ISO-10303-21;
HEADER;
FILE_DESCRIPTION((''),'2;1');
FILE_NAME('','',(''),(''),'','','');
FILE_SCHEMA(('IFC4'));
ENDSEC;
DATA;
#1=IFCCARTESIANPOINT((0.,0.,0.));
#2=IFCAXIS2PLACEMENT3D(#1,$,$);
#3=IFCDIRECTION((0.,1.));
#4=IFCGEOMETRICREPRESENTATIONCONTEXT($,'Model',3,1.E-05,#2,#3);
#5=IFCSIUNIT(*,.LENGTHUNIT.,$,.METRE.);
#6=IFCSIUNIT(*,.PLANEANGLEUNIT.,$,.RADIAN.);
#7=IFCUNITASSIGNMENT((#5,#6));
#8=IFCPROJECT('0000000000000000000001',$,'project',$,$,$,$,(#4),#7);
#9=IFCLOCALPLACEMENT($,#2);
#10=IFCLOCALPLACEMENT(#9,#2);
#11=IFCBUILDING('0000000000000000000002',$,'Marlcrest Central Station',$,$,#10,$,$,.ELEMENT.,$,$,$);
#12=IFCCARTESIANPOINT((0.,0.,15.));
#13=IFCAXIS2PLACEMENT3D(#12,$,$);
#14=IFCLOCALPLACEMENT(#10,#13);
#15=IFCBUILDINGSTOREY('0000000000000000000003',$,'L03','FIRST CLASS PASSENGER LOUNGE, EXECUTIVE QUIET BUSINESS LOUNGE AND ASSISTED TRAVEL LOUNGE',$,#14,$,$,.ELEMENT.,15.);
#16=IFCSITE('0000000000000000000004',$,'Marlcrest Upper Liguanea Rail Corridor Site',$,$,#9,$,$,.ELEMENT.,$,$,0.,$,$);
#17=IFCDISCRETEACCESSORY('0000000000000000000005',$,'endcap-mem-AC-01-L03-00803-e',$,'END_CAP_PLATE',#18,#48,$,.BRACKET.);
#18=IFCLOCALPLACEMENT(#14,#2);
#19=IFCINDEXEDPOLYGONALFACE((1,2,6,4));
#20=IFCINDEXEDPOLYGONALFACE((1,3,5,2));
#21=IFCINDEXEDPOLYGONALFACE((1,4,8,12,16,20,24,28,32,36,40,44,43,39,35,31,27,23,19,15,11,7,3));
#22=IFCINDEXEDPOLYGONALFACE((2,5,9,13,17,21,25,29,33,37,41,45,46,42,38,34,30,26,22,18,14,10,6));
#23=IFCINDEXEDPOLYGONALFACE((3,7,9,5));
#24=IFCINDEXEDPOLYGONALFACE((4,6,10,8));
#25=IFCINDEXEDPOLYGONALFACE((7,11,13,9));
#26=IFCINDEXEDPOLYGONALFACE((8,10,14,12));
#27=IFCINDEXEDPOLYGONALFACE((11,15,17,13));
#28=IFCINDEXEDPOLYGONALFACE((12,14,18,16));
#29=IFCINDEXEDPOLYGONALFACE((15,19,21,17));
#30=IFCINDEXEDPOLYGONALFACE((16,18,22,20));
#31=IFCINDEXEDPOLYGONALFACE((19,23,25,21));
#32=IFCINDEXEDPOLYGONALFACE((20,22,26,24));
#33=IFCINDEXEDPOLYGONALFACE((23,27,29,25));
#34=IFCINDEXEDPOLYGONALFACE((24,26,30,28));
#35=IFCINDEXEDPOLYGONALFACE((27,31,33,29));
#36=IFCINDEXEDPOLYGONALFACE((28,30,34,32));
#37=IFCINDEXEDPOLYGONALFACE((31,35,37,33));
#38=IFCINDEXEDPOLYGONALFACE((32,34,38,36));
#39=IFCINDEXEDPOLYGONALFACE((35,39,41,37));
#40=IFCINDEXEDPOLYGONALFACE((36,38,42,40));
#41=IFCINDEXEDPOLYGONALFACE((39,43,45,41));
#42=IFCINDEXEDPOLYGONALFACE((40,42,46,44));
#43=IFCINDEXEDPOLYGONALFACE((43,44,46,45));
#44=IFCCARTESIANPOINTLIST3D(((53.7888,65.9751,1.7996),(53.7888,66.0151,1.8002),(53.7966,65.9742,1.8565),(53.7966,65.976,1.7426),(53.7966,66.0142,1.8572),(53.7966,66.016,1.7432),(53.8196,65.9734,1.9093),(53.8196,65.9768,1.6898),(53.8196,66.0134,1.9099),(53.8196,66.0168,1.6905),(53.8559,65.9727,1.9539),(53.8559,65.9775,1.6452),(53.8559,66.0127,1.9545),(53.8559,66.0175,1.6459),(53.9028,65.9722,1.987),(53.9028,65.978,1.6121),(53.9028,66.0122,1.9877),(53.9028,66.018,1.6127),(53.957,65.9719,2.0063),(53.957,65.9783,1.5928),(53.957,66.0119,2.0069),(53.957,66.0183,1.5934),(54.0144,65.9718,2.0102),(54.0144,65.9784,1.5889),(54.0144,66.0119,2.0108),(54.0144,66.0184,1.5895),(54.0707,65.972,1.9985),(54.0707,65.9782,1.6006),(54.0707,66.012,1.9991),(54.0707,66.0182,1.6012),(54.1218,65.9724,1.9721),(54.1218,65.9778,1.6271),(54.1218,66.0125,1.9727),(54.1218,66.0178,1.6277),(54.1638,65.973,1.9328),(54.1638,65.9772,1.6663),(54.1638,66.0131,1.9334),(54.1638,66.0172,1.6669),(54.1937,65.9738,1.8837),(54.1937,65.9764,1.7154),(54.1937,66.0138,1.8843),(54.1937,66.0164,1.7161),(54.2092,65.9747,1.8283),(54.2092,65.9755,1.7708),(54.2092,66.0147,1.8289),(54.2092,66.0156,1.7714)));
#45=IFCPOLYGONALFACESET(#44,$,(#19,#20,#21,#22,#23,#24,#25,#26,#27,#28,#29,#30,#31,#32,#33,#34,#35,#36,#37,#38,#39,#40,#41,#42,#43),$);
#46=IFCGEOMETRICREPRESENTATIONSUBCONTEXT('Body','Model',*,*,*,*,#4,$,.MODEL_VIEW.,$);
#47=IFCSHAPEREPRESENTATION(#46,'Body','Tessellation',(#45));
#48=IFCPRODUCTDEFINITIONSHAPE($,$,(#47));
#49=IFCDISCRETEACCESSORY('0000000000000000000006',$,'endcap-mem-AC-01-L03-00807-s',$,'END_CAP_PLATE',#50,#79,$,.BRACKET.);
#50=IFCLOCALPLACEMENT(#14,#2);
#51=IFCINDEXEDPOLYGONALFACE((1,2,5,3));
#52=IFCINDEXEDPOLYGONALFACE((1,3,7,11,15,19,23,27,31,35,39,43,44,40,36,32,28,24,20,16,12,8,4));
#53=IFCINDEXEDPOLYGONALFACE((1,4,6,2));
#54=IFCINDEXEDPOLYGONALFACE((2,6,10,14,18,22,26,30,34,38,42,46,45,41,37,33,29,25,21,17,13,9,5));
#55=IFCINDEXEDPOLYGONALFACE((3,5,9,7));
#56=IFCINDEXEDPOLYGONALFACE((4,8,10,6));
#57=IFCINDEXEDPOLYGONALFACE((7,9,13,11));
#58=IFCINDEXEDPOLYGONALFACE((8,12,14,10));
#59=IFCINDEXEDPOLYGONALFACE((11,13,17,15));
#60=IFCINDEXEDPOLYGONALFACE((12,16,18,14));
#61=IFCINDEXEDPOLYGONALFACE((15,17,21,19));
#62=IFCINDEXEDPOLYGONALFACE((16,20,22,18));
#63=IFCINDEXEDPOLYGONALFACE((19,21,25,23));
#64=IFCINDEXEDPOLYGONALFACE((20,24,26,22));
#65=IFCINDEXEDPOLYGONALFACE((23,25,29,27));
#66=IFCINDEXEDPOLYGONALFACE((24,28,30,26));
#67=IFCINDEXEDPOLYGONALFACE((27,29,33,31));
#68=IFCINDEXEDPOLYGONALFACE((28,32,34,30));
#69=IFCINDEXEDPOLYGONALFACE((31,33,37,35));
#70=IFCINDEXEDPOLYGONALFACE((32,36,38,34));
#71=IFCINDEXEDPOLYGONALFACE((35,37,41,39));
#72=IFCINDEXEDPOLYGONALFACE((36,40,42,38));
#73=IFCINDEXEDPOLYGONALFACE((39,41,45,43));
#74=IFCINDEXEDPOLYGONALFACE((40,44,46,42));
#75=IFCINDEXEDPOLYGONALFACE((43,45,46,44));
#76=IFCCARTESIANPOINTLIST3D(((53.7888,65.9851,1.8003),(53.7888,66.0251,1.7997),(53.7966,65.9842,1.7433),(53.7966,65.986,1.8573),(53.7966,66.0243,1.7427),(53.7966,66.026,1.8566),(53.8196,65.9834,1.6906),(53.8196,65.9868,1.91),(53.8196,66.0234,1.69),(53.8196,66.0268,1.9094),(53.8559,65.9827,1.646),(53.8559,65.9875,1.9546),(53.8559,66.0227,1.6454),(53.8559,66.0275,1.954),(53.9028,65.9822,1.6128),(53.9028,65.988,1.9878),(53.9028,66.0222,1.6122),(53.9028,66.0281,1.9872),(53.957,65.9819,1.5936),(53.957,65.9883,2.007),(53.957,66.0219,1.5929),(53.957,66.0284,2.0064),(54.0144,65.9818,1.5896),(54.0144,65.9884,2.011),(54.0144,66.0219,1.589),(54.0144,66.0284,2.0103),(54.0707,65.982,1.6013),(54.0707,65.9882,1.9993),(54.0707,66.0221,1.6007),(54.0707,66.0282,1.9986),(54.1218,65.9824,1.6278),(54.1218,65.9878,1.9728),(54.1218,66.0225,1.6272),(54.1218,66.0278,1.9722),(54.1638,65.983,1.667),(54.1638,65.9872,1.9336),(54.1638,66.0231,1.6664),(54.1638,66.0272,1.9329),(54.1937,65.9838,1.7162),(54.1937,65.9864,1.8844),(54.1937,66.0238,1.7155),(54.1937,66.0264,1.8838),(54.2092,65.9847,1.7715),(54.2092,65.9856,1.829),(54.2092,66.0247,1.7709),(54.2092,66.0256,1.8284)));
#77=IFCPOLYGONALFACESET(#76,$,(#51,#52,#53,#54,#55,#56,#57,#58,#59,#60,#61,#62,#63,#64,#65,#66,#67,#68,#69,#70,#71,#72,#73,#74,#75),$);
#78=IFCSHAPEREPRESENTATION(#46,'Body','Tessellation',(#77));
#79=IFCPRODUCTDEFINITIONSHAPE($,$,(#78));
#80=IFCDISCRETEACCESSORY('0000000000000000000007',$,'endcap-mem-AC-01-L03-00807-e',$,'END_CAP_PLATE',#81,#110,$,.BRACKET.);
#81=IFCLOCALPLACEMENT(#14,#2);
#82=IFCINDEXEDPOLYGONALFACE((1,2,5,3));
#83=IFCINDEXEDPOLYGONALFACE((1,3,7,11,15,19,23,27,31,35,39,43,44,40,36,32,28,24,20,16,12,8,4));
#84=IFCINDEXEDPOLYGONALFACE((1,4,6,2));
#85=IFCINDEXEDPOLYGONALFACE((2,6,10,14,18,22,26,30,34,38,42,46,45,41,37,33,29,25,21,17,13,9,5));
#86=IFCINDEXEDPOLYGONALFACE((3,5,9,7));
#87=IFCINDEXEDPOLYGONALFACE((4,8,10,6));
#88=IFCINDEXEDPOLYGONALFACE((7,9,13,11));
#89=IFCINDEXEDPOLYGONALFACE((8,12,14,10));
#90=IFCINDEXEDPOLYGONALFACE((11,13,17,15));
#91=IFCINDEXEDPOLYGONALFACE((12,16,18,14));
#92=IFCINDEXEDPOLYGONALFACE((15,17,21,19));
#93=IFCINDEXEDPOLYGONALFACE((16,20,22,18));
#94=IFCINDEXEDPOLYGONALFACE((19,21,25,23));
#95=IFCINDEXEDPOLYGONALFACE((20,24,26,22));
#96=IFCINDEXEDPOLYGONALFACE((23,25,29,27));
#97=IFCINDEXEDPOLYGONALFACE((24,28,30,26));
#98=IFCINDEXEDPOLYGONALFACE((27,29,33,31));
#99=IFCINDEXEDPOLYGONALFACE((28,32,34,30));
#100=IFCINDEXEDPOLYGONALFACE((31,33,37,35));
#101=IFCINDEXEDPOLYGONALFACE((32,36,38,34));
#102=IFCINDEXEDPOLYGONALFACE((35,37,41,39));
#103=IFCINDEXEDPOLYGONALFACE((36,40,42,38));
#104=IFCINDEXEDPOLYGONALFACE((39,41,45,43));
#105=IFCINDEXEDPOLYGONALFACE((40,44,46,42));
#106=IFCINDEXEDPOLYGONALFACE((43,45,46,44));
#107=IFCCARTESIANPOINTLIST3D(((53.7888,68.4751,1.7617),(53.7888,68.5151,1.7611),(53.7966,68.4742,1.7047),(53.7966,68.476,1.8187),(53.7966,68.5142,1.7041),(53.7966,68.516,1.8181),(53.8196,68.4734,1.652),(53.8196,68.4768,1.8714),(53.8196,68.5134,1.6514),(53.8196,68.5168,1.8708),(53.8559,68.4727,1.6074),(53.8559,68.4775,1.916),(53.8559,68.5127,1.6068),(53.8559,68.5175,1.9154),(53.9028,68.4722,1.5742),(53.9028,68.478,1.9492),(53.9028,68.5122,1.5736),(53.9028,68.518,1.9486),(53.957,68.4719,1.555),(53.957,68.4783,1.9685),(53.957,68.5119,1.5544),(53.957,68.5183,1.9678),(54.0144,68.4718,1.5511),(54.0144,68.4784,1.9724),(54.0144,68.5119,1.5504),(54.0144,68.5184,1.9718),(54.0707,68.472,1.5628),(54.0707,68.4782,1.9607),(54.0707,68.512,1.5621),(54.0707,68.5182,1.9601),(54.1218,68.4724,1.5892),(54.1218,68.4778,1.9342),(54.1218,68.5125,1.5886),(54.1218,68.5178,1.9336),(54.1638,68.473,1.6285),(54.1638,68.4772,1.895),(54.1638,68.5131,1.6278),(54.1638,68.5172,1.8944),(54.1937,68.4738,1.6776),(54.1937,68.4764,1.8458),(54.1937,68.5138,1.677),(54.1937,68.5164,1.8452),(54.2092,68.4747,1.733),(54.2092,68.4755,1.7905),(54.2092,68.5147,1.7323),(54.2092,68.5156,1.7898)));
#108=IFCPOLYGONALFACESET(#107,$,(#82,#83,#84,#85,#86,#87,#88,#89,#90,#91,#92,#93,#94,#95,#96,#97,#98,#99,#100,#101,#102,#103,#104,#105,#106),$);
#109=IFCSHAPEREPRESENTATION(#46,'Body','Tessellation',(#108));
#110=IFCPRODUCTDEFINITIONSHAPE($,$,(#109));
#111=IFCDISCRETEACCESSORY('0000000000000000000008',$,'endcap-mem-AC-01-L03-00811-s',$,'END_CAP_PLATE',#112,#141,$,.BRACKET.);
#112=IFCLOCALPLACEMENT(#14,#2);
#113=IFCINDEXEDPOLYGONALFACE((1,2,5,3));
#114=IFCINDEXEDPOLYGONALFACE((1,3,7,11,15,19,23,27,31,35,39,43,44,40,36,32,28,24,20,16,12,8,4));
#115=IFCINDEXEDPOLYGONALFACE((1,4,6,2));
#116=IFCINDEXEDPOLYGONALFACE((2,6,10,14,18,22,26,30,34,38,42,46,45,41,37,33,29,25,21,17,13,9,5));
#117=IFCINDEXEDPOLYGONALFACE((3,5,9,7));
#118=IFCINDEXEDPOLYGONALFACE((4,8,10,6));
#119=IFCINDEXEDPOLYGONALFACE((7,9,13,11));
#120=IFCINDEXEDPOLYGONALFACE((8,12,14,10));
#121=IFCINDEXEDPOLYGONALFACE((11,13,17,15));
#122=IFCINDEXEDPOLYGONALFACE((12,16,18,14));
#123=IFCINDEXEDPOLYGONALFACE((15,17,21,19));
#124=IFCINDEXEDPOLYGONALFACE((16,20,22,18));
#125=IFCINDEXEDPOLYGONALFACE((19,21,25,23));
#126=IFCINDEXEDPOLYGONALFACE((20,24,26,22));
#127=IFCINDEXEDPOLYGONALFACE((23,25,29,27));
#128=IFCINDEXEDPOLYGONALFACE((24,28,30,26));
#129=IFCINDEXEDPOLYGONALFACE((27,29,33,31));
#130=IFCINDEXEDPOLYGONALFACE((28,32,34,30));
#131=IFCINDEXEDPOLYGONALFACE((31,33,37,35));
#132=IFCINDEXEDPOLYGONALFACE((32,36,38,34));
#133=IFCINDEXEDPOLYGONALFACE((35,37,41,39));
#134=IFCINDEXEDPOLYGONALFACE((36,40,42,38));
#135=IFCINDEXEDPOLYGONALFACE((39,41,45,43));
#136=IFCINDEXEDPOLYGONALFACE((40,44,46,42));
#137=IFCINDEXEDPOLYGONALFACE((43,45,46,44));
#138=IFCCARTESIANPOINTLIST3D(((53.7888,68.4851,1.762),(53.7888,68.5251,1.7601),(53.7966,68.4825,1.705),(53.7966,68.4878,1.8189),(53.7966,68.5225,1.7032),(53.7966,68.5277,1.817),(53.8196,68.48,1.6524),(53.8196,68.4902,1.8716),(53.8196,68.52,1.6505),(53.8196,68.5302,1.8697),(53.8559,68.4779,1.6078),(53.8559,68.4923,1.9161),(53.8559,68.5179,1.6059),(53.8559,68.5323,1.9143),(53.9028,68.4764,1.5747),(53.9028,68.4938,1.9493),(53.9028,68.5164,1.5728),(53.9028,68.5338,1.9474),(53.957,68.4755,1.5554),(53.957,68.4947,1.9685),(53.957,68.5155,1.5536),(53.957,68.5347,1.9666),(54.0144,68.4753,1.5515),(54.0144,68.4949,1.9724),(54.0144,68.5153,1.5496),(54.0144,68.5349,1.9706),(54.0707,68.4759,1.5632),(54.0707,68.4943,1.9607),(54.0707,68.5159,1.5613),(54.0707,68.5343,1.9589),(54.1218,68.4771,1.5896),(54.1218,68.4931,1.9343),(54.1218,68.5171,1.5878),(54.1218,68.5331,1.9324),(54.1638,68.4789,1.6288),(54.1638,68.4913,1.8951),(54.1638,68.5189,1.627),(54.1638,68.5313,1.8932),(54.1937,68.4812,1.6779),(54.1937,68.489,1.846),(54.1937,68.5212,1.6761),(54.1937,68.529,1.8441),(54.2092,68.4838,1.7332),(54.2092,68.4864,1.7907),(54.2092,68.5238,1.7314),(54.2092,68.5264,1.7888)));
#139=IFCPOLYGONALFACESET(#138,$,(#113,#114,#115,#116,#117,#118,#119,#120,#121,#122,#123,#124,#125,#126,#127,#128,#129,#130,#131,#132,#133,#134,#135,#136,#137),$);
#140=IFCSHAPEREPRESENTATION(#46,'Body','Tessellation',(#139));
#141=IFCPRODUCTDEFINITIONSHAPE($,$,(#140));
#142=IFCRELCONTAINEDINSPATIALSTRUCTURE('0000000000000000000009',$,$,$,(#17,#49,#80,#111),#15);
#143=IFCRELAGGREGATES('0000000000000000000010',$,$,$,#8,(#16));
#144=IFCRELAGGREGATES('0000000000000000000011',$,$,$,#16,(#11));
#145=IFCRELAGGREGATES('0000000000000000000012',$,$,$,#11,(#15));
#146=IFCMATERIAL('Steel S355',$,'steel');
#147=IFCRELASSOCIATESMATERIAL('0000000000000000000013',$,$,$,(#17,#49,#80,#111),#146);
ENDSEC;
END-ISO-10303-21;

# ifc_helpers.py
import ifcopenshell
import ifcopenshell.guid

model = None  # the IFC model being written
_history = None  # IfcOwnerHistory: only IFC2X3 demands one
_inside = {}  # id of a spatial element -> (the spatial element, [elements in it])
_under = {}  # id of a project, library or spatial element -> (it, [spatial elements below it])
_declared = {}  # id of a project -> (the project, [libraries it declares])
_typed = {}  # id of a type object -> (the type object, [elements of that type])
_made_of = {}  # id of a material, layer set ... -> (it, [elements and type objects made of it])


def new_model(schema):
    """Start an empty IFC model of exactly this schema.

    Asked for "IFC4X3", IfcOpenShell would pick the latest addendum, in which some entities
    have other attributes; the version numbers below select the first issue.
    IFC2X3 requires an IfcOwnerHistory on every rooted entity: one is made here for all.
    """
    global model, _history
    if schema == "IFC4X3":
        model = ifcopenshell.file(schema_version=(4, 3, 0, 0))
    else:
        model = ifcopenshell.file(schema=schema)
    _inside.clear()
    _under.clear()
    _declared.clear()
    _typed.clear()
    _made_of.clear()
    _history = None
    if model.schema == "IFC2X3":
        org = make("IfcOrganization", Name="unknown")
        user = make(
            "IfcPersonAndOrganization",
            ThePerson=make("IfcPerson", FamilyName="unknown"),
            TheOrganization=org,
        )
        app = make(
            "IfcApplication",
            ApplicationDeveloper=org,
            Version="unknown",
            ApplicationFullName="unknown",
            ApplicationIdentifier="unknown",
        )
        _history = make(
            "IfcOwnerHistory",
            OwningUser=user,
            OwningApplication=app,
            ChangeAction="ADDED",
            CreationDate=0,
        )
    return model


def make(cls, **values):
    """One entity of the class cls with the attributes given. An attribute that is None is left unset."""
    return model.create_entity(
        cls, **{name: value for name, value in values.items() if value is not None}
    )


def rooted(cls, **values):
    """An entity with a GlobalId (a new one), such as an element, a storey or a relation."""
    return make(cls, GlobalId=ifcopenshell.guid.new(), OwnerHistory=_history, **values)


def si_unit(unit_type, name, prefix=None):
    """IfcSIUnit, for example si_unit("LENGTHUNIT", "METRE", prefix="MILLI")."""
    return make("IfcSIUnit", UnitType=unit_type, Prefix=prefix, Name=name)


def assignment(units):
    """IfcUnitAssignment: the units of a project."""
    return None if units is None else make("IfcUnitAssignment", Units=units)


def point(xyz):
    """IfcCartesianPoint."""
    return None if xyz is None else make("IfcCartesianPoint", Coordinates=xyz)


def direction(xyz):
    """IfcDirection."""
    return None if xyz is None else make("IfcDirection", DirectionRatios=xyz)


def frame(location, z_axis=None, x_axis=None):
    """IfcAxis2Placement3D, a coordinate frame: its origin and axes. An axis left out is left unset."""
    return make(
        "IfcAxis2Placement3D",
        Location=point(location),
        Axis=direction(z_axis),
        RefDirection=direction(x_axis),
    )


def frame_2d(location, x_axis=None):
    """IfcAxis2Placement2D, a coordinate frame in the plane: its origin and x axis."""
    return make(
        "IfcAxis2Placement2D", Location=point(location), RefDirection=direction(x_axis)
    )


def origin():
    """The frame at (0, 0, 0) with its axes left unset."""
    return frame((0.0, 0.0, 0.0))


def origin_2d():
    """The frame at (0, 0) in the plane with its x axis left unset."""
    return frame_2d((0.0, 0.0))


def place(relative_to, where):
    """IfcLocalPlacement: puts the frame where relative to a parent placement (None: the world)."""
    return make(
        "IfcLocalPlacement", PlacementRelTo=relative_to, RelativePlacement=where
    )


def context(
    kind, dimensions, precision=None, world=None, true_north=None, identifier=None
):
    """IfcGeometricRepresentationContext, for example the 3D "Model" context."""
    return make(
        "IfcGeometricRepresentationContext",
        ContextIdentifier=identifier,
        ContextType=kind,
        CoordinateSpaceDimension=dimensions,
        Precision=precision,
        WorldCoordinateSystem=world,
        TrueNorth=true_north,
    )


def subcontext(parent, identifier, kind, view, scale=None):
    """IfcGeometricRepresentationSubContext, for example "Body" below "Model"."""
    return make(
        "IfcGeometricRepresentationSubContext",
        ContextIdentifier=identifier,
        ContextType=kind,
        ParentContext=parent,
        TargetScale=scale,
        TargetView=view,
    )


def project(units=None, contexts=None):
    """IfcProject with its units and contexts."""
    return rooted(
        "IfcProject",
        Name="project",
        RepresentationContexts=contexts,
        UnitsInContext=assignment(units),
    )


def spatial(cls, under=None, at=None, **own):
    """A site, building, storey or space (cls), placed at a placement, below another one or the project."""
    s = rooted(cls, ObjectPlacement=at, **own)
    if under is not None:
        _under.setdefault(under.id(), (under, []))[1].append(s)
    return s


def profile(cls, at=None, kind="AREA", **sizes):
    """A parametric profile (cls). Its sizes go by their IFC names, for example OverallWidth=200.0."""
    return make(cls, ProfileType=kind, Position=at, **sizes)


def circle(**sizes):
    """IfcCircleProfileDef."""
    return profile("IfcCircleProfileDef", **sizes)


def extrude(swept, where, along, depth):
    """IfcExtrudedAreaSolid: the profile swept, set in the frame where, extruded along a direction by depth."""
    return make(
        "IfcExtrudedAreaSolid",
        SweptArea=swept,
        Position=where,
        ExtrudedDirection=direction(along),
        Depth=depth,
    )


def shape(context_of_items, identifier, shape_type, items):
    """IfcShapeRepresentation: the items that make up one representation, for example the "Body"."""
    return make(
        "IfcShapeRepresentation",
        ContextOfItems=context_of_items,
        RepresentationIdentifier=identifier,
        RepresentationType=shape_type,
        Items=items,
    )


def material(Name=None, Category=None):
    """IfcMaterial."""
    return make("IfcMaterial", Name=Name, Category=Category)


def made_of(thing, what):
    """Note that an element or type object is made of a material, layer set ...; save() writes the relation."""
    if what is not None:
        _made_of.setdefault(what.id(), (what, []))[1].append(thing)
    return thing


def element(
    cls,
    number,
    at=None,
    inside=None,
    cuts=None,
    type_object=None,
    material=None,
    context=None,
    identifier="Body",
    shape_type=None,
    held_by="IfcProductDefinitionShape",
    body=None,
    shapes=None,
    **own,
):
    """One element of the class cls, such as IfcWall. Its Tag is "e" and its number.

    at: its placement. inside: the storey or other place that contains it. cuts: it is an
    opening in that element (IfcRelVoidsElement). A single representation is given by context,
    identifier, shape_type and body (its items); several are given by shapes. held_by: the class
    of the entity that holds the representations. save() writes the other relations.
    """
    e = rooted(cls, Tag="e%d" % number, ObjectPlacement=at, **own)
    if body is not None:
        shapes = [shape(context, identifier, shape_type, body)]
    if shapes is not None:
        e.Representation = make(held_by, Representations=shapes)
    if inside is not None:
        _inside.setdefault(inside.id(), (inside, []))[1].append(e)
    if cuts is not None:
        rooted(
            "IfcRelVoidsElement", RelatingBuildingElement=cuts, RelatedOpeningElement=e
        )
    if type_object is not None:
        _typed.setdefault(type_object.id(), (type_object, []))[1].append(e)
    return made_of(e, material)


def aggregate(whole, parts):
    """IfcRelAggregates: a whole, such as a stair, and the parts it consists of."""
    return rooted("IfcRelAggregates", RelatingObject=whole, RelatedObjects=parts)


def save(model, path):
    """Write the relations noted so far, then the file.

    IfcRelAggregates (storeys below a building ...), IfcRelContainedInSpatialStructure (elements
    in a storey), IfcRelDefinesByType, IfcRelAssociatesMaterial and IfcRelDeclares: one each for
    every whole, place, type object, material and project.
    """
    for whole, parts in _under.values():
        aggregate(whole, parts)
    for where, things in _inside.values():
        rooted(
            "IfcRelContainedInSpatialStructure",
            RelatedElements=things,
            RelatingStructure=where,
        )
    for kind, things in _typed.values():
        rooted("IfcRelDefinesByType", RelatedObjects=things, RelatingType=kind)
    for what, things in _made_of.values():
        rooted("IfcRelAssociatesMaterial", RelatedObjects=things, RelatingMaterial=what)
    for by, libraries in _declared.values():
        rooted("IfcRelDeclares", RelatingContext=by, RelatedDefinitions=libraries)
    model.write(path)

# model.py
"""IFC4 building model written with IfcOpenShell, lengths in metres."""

from ifc_helpers import new_model, si_unit, direction, frame, origin, origin_2d, place, context, subcontext, project, spatial, circle, extrude, material, element, save


model = new_model("IFC4")

# Units and contexts
model_context = context("Model", 3, precision=1e-05, world=origin(), true_north=direction((0.0, 1.0)))
body_context = subcontext(model_context, "Body", "Model", "MODEL_VIEW")
ifc_project = project(units=[si_unit("LENGTHUNIT", "METRE"), si_unit("PLANEANGLEUNIT", "RADIAN")], contexts=[model_context])

# Site, building, storey
site_placement = place(None, origin())
site = spatial("IfcSite", under=ifc_project, at=site_placement, Name="Marlcrest Upper Liguanea Rail Corridor Site", CompositionType="ELEMENT", RefElevation=0.0)
building_placement = place(site_placement, origin())
building = spatial("IfcBuilding", under=site, at=building_placement, Name="Marlcrest Central Station", CompositionType="ELEMENT")
storey_placement = place(building_placement, frame((0.0, 0.0, 15.0)))
storey = spatial("IfcBuildingStorey", under=building, at=storey_placement, Name="L03", Description="FIRST CLASS PASSENGER LOUNGE, EXECUTIVE QUIET BUSINESS LOUNGE AND ASSISTED TRAVEL LOUNGE", CompositionType="ELEMENT", Elevation=15.0)

# Shared definitions
ifc_material_1 = material(Name="Steel S355", Category="steel")

# Discrete accessories
for number, where, z_axis, x_axis, name in (
    (1, (54.0, 65.9751, 1.7996), (0.0, 0.999879, 0.015525), (-1.0, 0.0, 0.0), "endcap-mem-AC-01-L03-00803-e"),
    (2, (54.0, 65.9851, 1.8003), (0.0, 0.999879, -0.015525), (-1.0, 0.0, 0.0), "endcap-mem-AC-01-L03-00807-s"),
    (3, (54.0, 68.4751, 1.7617), (0.0, 0.999879, -0.015525), (-1.0, 0.0, 0.0), "endcap-mem-AC-01-L03-00807-e"),
    (4, (54.0, 68.4851, 1.762), (0.0, 0.998921, -0.046434), (-1.0, 0.0, 0.0), "endcap-mem-AC-01-L03-00811-s"),
):
    element("IfcDiscreteAccessory", number, at=place(storey_placement, frame(where, z_axis=z_axis, x_axis=x_axis)), inside=storey, material=ifc_material_1, Name=name, ObjectType="END_CAP_PLATE", PredefinedType="BRACKET", context=body_context, shape_type="SweptSolid", body=[
        extrude(circle(Radius=0.2112, at=origin_2d()), origin(), (0.0, 0.0, 1.0), 0.04),
    ])

save(model, "model.ifc")
